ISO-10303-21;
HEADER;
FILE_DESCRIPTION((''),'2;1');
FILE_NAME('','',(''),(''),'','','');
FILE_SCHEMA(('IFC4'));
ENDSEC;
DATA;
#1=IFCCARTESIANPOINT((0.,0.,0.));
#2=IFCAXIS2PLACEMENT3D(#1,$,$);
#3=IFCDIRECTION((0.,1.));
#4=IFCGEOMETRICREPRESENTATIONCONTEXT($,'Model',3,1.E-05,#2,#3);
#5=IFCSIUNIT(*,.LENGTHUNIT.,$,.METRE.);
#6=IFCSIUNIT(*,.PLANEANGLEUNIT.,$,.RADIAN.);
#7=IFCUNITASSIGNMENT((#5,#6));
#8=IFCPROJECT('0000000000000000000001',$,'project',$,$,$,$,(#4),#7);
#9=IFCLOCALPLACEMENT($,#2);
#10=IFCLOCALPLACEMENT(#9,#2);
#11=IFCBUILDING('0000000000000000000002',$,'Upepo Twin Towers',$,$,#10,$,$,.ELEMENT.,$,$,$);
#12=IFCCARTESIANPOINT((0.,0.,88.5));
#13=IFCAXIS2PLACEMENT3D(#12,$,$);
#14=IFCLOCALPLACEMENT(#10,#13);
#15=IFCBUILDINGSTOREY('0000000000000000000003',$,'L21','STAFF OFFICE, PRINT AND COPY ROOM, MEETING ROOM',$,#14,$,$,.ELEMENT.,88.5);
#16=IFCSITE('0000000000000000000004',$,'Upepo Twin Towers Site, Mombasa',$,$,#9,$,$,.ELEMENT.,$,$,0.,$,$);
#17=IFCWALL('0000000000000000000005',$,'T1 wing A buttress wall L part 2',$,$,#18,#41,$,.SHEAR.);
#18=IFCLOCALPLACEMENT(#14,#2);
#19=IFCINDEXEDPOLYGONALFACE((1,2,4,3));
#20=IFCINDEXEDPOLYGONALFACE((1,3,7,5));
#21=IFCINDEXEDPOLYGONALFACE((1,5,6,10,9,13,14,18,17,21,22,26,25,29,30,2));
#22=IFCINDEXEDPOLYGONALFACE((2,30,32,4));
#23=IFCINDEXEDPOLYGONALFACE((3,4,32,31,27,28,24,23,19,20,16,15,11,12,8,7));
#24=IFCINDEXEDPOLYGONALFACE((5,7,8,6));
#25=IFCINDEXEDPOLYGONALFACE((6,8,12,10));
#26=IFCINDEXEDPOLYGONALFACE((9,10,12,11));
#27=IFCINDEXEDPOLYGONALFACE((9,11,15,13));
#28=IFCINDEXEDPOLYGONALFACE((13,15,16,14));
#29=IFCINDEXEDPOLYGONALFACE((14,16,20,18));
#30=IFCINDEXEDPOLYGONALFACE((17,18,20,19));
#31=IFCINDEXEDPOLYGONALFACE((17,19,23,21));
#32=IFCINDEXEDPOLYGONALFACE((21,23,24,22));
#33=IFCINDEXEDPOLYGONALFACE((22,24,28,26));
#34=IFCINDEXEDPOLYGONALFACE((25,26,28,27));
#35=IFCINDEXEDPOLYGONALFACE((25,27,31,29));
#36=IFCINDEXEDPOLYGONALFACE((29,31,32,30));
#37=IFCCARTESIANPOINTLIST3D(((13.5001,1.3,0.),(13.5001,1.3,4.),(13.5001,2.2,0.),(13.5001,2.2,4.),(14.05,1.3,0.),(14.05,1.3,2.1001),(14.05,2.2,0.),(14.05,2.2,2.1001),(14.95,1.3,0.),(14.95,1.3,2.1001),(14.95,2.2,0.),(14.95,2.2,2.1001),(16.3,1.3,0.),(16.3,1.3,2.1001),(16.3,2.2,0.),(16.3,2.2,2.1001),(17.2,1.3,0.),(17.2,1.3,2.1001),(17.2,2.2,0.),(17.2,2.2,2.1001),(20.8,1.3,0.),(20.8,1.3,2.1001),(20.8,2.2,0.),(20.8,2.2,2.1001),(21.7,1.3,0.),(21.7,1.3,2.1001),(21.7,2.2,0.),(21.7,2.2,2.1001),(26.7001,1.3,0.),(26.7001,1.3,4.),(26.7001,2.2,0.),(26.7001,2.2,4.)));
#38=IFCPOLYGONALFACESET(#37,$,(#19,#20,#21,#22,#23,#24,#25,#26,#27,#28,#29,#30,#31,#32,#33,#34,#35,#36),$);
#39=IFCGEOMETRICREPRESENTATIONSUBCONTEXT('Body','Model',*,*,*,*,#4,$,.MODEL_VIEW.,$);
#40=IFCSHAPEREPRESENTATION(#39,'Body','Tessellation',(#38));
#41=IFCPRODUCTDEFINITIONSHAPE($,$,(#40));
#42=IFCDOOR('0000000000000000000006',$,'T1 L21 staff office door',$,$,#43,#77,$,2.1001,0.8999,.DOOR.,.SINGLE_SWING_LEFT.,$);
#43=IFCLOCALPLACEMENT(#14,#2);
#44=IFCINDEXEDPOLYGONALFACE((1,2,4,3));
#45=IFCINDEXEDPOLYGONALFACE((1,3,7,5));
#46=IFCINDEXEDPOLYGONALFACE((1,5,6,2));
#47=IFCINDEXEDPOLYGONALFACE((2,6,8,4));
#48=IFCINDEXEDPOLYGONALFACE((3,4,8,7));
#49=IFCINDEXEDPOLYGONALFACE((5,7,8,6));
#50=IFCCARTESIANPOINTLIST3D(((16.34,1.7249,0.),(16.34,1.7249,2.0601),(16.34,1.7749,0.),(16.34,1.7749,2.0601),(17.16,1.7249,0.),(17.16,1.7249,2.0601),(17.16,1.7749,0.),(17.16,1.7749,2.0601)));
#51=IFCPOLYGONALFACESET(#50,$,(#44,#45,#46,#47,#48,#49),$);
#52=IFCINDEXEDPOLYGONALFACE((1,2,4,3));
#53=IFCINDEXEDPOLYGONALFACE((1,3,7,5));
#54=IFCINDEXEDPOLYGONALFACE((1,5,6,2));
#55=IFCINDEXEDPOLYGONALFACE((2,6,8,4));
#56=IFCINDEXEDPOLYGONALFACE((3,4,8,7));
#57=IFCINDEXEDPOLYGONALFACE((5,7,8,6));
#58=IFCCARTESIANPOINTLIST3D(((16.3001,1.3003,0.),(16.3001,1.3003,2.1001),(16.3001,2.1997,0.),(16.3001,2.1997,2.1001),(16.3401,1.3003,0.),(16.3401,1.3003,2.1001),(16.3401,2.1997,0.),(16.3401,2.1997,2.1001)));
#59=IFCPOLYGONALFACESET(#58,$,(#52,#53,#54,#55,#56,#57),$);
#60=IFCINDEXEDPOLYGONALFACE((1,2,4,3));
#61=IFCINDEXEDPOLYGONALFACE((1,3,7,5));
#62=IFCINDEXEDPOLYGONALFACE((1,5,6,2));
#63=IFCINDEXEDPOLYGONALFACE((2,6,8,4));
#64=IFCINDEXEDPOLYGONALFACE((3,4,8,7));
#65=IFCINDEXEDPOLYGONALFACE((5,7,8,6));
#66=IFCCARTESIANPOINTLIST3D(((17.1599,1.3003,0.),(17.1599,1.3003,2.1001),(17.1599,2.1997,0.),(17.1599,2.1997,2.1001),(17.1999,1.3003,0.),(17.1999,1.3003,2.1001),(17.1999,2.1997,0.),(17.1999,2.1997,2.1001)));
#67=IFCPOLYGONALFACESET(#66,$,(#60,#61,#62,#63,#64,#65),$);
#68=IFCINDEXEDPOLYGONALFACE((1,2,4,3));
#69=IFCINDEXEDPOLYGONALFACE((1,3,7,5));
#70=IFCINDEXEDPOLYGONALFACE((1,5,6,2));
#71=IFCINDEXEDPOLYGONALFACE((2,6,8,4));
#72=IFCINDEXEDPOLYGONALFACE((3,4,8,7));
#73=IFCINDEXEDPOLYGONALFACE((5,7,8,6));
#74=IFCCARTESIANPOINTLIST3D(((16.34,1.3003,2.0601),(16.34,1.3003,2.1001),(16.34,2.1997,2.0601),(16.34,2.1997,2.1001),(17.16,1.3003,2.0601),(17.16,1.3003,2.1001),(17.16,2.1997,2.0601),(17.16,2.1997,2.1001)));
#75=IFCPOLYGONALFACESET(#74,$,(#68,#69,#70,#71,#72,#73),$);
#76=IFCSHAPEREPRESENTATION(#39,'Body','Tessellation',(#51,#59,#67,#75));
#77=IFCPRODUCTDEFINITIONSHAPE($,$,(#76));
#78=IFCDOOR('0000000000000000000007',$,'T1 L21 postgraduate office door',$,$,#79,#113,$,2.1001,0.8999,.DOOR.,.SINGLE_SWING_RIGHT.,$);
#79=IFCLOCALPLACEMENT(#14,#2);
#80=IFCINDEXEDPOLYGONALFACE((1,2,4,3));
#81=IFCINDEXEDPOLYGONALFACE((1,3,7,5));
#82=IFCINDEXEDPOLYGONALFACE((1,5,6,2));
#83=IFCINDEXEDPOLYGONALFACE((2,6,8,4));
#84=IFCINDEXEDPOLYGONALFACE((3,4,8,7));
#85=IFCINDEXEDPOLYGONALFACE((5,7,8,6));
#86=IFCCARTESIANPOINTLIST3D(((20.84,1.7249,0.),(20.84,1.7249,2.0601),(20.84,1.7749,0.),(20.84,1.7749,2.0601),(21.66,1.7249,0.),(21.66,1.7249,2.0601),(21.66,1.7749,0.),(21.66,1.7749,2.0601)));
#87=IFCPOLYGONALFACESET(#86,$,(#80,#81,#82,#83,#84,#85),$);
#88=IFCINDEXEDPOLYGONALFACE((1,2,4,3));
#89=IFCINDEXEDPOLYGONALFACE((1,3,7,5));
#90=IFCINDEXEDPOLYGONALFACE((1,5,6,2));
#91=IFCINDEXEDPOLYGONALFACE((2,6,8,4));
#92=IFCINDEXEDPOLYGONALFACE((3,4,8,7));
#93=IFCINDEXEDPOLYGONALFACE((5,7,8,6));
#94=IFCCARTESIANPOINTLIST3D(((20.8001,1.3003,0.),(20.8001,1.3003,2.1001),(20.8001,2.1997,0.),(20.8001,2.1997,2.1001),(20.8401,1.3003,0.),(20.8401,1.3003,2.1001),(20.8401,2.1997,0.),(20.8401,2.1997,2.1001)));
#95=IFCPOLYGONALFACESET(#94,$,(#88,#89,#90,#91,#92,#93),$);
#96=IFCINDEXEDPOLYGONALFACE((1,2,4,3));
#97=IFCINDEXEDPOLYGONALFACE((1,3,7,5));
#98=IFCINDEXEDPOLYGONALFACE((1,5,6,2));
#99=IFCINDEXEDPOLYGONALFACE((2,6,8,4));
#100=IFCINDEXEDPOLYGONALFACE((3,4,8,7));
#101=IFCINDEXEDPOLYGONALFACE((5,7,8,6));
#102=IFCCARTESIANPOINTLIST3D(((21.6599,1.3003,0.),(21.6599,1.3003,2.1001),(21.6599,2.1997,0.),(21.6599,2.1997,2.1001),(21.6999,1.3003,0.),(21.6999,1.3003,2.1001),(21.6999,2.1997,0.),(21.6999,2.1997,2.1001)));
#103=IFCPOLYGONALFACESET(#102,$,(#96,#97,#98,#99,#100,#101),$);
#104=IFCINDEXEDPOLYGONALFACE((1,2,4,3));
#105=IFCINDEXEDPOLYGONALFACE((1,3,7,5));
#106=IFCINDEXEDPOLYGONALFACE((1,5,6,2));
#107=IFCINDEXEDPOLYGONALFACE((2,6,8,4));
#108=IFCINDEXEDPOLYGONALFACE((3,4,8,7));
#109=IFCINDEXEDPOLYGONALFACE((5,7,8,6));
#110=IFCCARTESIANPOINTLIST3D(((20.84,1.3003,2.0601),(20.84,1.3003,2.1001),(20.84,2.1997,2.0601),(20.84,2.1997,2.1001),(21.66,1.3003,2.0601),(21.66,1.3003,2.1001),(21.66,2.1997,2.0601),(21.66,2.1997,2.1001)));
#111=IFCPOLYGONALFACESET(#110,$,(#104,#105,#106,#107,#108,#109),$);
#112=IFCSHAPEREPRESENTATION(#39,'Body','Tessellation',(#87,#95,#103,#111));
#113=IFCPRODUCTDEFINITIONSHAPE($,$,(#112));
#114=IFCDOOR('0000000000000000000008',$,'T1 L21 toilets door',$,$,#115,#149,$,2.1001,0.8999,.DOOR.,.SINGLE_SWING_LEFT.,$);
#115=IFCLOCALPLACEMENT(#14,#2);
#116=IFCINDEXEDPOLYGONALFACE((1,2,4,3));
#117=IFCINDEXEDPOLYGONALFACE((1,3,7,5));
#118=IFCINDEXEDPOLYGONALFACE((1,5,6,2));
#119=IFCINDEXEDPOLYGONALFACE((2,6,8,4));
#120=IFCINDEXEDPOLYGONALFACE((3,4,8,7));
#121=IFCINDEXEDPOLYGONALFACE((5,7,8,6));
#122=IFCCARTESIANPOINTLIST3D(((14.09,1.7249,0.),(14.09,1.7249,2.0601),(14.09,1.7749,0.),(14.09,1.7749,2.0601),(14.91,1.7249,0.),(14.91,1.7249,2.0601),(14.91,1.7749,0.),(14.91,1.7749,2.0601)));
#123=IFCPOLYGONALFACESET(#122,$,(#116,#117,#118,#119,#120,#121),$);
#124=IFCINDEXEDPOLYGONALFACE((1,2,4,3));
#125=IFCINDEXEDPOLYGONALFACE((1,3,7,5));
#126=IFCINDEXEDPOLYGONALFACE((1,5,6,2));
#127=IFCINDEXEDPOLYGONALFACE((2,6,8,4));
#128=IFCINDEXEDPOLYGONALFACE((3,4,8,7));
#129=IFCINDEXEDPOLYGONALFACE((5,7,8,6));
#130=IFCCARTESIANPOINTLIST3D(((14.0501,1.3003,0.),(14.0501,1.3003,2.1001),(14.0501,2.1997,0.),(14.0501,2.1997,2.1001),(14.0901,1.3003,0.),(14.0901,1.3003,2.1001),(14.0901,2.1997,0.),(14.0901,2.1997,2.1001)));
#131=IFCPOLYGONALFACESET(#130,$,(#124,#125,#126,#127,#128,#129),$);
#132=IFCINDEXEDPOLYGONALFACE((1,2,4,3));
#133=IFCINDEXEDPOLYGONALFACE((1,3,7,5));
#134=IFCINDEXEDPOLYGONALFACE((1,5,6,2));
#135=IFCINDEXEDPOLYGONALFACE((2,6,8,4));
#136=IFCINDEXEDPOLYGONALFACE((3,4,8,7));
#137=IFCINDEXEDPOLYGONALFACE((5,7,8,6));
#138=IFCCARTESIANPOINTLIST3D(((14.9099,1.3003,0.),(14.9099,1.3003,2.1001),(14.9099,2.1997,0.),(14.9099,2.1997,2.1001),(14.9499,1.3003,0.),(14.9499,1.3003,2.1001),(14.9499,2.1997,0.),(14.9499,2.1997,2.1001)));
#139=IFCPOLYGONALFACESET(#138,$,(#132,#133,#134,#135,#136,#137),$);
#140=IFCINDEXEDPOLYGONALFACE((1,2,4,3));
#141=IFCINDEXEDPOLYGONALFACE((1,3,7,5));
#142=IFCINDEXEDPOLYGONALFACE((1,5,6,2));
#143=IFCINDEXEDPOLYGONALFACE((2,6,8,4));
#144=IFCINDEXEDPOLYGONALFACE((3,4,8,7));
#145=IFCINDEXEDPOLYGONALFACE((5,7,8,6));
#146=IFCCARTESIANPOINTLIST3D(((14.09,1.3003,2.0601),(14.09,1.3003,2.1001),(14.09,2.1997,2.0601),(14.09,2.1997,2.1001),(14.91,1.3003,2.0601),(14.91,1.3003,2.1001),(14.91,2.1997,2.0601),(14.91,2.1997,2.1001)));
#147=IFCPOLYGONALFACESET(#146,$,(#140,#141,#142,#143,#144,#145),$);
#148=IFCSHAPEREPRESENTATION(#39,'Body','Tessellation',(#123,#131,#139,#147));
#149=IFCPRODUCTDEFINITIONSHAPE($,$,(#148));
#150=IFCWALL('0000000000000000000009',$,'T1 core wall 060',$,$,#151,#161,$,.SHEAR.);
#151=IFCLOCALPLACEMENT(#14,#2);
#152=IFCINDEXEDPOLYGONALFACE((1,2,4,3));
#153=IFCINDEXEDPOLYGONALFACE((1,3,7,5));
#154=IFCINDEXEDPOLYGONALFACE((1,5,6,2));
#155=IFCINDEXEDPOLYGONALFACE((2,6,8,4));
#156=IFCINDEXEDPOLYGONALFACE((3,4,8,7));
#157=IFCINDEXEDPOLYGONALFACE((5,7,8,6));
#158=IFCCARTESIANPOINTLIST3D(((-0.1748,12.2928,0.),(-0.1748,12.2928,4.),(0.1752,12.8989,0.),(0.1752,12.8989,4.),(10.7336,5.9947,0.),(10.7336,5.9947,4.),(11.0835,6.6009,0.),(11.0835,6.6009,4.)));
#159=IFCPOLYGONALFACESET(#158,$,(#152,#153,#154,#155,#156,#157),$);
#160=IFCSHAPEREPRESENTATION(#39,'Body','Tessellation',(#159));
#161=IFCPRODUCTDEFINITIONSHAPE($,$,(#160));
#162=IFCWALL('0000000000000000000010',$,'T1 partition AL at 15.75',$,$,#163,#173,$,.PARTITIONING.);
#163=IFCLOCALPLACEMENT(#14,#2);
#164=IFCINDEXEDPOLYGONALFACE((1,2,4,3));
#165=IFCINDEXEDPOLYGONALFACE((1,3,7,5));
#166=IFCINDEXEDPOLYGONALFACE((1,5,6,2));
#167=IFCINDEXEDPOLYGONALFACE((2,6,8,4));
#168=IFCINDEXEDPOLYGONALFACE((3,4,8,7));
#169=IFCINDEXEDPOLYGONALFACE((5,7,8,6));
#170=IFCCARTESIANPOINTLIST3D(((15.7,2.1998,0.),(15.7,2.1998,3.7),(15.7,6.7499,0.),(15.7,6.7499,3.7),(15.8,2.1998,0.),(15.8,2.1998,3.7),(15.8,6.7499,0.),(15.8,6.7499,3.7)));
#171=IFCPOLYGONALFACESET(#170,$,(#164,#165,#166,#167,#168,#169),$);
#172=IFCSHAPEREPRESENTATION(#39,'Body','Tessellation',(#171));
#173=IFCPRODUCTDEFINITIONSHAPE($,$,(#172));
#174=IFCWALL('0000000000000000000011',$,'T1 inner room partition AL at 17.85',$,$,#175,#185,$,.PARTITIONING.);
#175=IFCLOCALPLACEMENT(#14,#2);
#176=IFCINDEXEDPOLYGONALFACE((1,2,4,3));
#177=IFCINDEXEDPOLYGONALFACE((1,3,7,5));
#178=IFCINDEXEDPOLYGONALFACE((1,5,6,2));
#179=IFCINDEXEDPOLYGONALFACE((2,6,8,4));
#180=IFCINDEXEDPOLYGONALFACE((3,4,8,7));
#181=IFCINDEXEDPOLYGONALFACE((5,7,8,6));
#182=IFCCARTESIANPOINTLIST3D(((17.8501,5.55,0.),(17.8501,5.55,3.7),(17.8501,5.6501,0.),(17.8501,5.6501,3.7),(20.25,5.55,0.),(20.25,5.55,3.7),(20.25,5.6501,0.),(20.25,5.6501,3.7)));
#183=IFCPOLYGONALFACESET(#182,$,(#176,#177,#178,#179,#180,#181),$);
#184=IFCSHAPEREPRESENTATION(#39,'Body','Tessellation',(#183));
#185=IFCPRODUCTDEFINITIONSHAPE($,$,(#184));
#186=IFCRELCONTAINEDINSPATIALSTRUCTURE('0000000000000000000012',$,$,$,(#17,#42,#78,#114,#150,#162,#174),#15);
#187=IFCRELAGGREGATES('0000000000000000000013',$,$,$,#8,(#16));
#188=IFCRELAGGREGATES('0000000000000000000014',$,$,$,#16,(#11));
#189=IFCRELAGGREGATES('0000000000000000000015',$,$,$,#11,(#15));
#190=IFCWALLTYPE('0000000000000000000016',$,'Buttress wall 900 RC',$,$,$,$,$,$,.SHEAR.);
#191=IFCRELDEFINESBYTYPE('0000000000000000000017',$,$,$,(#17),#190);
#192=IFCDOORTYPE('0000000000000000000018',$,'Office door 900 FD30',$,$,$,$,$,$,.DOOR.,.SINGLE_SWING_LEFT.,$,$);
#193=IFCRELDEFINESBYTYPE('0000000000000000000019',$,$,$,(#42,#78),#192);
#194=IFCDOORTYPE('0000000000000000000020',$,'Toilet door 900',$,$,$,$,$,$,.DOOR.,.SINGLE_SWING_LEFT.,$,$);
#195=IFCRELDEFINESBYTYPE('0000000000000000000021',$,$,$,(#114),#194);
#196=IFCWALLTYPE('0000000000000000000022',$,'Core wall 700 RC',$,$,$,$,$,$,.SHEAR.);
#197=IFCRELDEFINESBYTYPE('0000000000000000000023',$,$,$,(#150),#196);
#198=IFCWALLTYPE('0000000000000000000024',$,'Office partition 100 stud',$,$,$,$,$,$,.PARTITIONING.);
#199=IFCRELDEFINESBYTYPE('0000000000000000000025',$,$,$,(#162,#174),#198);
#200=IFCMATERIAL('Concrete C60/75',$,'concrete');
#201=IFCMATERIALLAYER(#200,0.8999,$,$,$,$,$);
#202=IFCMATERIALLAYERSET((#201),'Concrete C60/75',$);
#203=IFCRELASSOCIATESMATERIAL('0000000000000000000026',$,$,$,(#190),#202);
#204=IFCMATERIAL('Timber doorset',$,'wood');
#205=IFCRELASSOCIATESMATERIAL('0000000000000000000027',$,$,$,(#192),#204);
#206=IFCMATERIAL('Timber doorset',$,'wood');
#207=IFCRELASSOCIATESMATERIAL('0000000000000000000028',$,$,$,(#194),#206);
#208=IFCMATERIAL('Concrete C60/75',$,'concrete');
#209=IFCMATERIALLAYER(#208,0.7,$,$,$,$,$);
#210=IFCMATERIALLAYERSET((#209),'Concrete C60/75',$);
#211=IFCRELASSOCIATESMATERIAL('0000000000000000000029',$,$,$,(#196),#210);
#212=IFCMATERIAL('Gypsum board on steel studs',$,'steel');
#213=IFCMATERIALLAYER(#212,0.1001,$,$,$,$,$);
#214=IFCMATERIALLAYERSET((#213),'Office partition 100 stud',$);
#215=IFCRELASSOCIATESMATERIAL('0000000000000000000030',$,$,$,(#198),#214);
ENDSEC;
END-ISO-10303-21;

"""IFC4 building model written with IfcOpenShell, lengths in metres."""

from ifc_helpers import new_model, si_unit, direction, frame, frame_2d, origin, place, context, subcontext, project, spatial, rectangle, extrude, material, layer, layer_set, type_object, element, fill, save


model = new_model("IFC4")

# Units and contexts
model_context = context("Model", 3, precision=1e-05, world=origin(), true_north=direction((0.0, 1.0)))
body_context = subcontext(model_context, "Body", "Model", "MODEL_VIEW")
ifc_project = project(units=[si_unit("LENGTHUNIT", "METRE"), si_unit("PLANEANGLEUNIT", "RADIAN")], contexts=[model_context])

# Site, building, storey
site_placement = place(None, origin())
site = spatial("IfcSite", under=ifc_project, at=site_placement, Name="Upepo Twin Towers Site, Mombasa", CompositionType="ELEMENT", RefElevation=0.0)
building_placement = place(site_placement, origin())
building = spatial("IfcBuilding", under=site, at=building_placement, Name="Upepo Twin Towers", CompositionType="ELEMENT")
storey_placement = place(building_placement, frame((0.0, 0.0, 88.5)))
storey = spatial("IfcBuildingStorey", under=building, at=storey_placement, Name="L21", Description="STAFF OFFICE, PRINT AND COPY ROOM, MEETING ROOM", CompositionType="ELEMENT", Elevation=88.5)

# Wall, openings, doors
ifc_material_1 = material(Name="Concrete C60/75", Category="concrete")
ifc_layer_1 = layer(ifc_material_1, 0.8999)
ifc_layer_set_1 = layer_set([ifc_layer_1], Name="Concrete C60/75")
wall_type_1 = type_object("IfcWallType", Name="Buttress wall 900 RC", PredefinedType="SHEAR", material=ifc_layer_set_1)
wall_1_placement = place(storey_placement, frame((13.5, 1.75, 0.0), z_axis=(0.0, 0.0, 1.0), x_axis=(1.0, 0.0, 0.0)))
wall_1 = element("IfcWall", 1, at=wall_1_placement, inside=storey, type_object=wall_type_1, Name="T1 wing A buttress wall L part 2", PredefinedType="SHEAR", context=body_context, shape_type="SweptSolid", body=[
    extrude(rectangle(XDim=13.2, YDim=0.8999, at=frame_2d((6.6001, 0.0))), origin(), (0.0, 0.0, 1.0), 4.0),
])
opening_1_placement = place(wall_1_placement, frame((0.55, 0.0, 0.0)))
opening_1 = element("IfcOpeningElement", 2, at=opening_1_placement, cuts=wall_1, PredefinedType="OPENING", context=body_context, shape_type="SweptSolid", body=[
    extrude(rectangle(XDim=0.8999, YDim=2.1001, at=frame_2d((0.45, 1.05))), frame((0.0, 0.46, 0.0), z_axis=(0.0, -1.0, 0.0), x_axis=(1.0, 0.0, 0.0)), (0.0, 0.0, 1.0), 0.9199),
])
opening_2_placement = place(wall_1_placement, frame((2.8, 0.0, 0.0)))
opening_2 = element("IfcOpeningElement", 3, at=opening_2_placement, cuts=wall_1, PredefinedType="OPENING", context=body_context, shape_type="SweptSolid", body=[
    extrude(rectangle(XDim=0.8999, YDim=2.1001, at=frame_2d((0.45, 1.05))), frame((0.0, 0.46, 0.0), z_axis=(0.0, -1.0, 0.0), x_axis=(1.0, 0.0, 0.0)), (0.0, 0.0, 1.0), 0.9199),
])
opening_3_placement = place(wall_1_placement, frame((7.3, 0.0, 0.0)))
opening_3 = element("IfcOpeningElement", 4, at=opening_3_placement, cuts=wall_1, PredefinedType="OPENING", context=body_context, shape_type="SweptSolid", body=[
    extrude(rectangle(XDim=0.8999, YDim=2.1001, at=frame_2d((0.45, 1.05))), frame((0.0, 0.46, 0.0), z_axis=(0.0, -1.0, 0.0), x_axis=(1.0, 0.0, 0.0)), (0.0, 0.0, 1.0), 0.9199),
])
ifc_material_2 = material(Name="Timber doorset", Category="wood")
door_type_1 = type_object("IfcDoorType", Name="Office door 900 FD30", OperationType="SINGLE_SWING_LEFT", PredefinedType="DOOR", material=ifc_material_2)
door_1_placement = place(opening_2_placement, origin())
door_1 = element("IfcDoor", 5, at=door_1_placement, inside=storey, type_object=door_type_1, Name="T1 L21 staff office door", OperationType="SINGLE_SWING_LEFT", OverallHeight=2.1001, OverallWidth=0.8999, PredefinedType="DOOR", context=body_context, shape_type="SweptSolid", body=[
    extrude(rectangle(XDim=0.8199, YDim=2.0601, at=frame_2d((0.45, 1.03))), frame((0.0, 0.0249, 0.0), z_axis=(0.0, -1.0, 0.0), x_axis=(1.0, 0.0, 0.0)), (0.0, 0.0, 1.0), 0.05),
    extrude(rectangle(XDim=0.04, YDim=2.1001, at=frame_2d((0.02, 1.05))), frame((0.0, 0.4497, 0.0), z_axis=(0.0, -1.0, 0.0), x_axis=(1.0, 0.0, 0.0)), (0.0, 0.0, 1.0), 0.8994),
    extrude(rectangle(XDim=0.04, YDim=2.1001, at=frame_2d((0.8799, 1.05))), frame((0.0, 0.4497, 0.0), z_axis=(0.0, -1.0, 0.0), x_axis=(1.0, 0.0, 0.0)), (0.0, 0.0, 1.0), 0.8994),
    extrude(rectangle(XDim=0.8199, YDim=0.04, at=frame_2d((0.45, 2.0801))), frame((0.0, 0.4497, 0.0), z_axis=(0.0, -1.0, 0.0), x_axis=(1.0, 0.0, 0.0)), (0.0, 0.0, 1.0), 0.8994),
])
fill(opening_2, door_1)
door_2_placement = place(opening_3_placement, origin())
door_2 = element("IfcDoor", 6, at=door_2_placement, inside=storey, type_object=door_type_1, Name="T1 L21 postgraduate office door", OperationType="SINGLE_SWING_RIGHT", OverallHeight=2.1001, OverallWidth=0.8999, PredefinedType="DOOR", context=body_context, shape_type="SweptSolid", body=[
    extrude(rectangle(XDim=0.8199, YDim=2.0601, at=frame_2d((0.45, 1.03))), frame((0.0, 0.0249, 0.0), z_axis=(0.0, -1.0, 0.0), x_axis=(1.0, 0.0, 0.0)), (0.0, 0.0, 1.0), 0.05),
    extrude(rectangle(XDim=0.04, YDim=2.1001, at=frame_2d((0.02, 1.05))), frame((0.0, 0.4497, 0.0), z_axis=(0.0, -1.0, 0.0), x_axis=(1.0, 0.0, 0.0)), (0.0, 0.0, 1.0), 0.8994),
    extrude(rectangle(XDim=0.04, YDim=2.1001, at=frame_2d((0.8799, 1.05))), frame((0.0, 0.4497, 0.0), z_axis=(0.0, -1.0, 0.0), x_axis=(1.0, 0.0, 0.0)), (0.0, 0.0, 1.0), 0.8994),
    extrude(rectangle(XDim=0.8199, YDim=0.04, at=frame_2d((0.45, 2.0801))), frame((0.0, 0.4497, 0.0), z_axis=(0.0, -1.0, 0.0), x_axis=(1.0, 0.0, 0.0)), (0.0, 0.0, 1.0), 0.8994),
])
fill(opening_3, door_2)
ifc_material_3 = material(Name="Timber doorset", Category="wood")
door_type_2 = type_object("IfcDoorType", Name="Toilet door 900", OperationType="SINGLE_SWING_LEFT", PredefinedType="DOOR", material=ifc_material_3)
door_3_placement = place(opening_1_placement, origin())
door_3 = element("IfcDoor", 7, at=door_3_placement, inside=storey, type_object=door_type_2, Name="T1 L21 toilets door", OperationType="SINGLE_SWING_LEFT", OverallHeight=2.1001, OverallWidth=0.8999, PredefinedType="DOOR", context=body_context, shape_type="SweptSolid", body=[
    extrude(rectangle(XDim=0.8199, YDim=2.0601, at=frame_2d((0.45, 1.03))), frame((0.0, 0.0249, 0.0), z_axis=(0.0, -1.0, 0.0), x_axis=(1.0, 0.0, 0.0)), (0.0, 0.0, 1.0), 0.05),
    extrude(rectangle(XDim=0.04, YDim=2.1001, at=frame_2d((0.02, 1.05))), frame((0.0, 0.4497, 0.0), z_axis=(0.0, -1.0, 0.0), x_axis=(1.0, 0.0, 0.0)), (0.0, 0.0, 1.0), 0.8994),
    extrude(rectangle(XDim=0.04, YDim=2.1001, at=frame_2d((0.8799, 1.05))), frame((0.0, 0.4497, 0.0), z_axis=(0.0, -1.0, 0.0), x_axis=(1.0, 0.0, 0.0)), (0.0, 0.0, 1.0), 0.8994),
    extrude(rectangle(XDim=0.8199, YDim=0.04, at=frame_2d((0.45, 2.0801))), frame((0.0, 0.4497, 0.0), z_axis=(0.0, -1.0, 0.0), x_axis=(1.0, 0.0, 0.0)), (0.0, 0.0, 1.0), 0.8994),
])
fill(opening_1, door_3)

# Walls
ifc_material_4 = material(Name="Concrete C60/75", Category="concrete")
ifc_layer_2 = layer(ifc_material_4, 0.7)
ifc_layer_set_2 = layer_set([ifc_layer_2], Name="Concrete C60/75")
wall_type_2 = type_object("IfcWallType", Name="Core wall 700 RC", PredefinedType="SHEAR", material=ifc_layer_set_2)
wall_2_placement = place(storey_placement, frame((10.9084, 6.2979, 0.0), z_axis=(0.0, 0.0, 1.0), x_axis=(-0.866022, 0.500006, 0.0)))
element("IfcWall", 8, at=wall_2_placement, inside=storey, type_object=wall_type_2, Name="T1 core wall 060", PredefinedType="SHEAR", context=body_context, shape_type="SweptSolid", body=[
    extrude(rectangle(XDim=12.5959, YDim=0.7, at=frame_2d((6.2979, 0.0))), origin(), (0.0, 0.0, 1.0), 4.0),
])
ifc_material_5 = material(Name="Gypsum board on steel studs", Category="steel")
ifc_layer_3 = layer(ifc_material_5, 0.1001)
ifc_layer_set_3 = layer_set([ifc_layer_3], Name="Office partition 100 stud")
wall_type_3 = type_object("IfcWallType", Name="Office partition 100 stud", PredefinedType="PARTITIONING", material=ifc_layer_set_3)
wall_3_placement = place(storey_placement, frame((15.75, 2.2, 0.0), z_axis=(0.0, 0.0, 1.0), x_axis=(0.0, 1.0, 0.0)))
element("IfcWall", 9, at=wall_3_placement, inside=storey, type_object=wall_type_3, Name="T1 partition AL at 15.75", PredefinedType="PARTITIONING", context=body_context, shape_type="SweptSolid", body=[
    extrude(rectangle(XDim=4.55, YDim=0.1001, at=frame_2d((2.2749, 0.0))), origin(), (0.0, 0.0, 1.0), 3.7),
])
wall_4_placement = place(storey_placement, frame((17.8501, 5.6001, 0.0), z_axis=(0.0, 0.0, 1.0), x_axis=(1.0, 0.0, 0.0)))
element("IfcWall", 10, at=wall_4_placement, inside=storey, type_object=wall_type_3, Name="T1 inner room partition AL at 17.85", PredefinedType="PARTITIONING", context=body_context, shape_type="SweptSolid", body=[
    extrude(rectangle(XDim=2.3999, YDim=0.1001, at=frame_2d((1.2, 0.0))), origin(), (0.0, 0.0, 1.0), 3.7),
])

save(model, "model.ifc")
